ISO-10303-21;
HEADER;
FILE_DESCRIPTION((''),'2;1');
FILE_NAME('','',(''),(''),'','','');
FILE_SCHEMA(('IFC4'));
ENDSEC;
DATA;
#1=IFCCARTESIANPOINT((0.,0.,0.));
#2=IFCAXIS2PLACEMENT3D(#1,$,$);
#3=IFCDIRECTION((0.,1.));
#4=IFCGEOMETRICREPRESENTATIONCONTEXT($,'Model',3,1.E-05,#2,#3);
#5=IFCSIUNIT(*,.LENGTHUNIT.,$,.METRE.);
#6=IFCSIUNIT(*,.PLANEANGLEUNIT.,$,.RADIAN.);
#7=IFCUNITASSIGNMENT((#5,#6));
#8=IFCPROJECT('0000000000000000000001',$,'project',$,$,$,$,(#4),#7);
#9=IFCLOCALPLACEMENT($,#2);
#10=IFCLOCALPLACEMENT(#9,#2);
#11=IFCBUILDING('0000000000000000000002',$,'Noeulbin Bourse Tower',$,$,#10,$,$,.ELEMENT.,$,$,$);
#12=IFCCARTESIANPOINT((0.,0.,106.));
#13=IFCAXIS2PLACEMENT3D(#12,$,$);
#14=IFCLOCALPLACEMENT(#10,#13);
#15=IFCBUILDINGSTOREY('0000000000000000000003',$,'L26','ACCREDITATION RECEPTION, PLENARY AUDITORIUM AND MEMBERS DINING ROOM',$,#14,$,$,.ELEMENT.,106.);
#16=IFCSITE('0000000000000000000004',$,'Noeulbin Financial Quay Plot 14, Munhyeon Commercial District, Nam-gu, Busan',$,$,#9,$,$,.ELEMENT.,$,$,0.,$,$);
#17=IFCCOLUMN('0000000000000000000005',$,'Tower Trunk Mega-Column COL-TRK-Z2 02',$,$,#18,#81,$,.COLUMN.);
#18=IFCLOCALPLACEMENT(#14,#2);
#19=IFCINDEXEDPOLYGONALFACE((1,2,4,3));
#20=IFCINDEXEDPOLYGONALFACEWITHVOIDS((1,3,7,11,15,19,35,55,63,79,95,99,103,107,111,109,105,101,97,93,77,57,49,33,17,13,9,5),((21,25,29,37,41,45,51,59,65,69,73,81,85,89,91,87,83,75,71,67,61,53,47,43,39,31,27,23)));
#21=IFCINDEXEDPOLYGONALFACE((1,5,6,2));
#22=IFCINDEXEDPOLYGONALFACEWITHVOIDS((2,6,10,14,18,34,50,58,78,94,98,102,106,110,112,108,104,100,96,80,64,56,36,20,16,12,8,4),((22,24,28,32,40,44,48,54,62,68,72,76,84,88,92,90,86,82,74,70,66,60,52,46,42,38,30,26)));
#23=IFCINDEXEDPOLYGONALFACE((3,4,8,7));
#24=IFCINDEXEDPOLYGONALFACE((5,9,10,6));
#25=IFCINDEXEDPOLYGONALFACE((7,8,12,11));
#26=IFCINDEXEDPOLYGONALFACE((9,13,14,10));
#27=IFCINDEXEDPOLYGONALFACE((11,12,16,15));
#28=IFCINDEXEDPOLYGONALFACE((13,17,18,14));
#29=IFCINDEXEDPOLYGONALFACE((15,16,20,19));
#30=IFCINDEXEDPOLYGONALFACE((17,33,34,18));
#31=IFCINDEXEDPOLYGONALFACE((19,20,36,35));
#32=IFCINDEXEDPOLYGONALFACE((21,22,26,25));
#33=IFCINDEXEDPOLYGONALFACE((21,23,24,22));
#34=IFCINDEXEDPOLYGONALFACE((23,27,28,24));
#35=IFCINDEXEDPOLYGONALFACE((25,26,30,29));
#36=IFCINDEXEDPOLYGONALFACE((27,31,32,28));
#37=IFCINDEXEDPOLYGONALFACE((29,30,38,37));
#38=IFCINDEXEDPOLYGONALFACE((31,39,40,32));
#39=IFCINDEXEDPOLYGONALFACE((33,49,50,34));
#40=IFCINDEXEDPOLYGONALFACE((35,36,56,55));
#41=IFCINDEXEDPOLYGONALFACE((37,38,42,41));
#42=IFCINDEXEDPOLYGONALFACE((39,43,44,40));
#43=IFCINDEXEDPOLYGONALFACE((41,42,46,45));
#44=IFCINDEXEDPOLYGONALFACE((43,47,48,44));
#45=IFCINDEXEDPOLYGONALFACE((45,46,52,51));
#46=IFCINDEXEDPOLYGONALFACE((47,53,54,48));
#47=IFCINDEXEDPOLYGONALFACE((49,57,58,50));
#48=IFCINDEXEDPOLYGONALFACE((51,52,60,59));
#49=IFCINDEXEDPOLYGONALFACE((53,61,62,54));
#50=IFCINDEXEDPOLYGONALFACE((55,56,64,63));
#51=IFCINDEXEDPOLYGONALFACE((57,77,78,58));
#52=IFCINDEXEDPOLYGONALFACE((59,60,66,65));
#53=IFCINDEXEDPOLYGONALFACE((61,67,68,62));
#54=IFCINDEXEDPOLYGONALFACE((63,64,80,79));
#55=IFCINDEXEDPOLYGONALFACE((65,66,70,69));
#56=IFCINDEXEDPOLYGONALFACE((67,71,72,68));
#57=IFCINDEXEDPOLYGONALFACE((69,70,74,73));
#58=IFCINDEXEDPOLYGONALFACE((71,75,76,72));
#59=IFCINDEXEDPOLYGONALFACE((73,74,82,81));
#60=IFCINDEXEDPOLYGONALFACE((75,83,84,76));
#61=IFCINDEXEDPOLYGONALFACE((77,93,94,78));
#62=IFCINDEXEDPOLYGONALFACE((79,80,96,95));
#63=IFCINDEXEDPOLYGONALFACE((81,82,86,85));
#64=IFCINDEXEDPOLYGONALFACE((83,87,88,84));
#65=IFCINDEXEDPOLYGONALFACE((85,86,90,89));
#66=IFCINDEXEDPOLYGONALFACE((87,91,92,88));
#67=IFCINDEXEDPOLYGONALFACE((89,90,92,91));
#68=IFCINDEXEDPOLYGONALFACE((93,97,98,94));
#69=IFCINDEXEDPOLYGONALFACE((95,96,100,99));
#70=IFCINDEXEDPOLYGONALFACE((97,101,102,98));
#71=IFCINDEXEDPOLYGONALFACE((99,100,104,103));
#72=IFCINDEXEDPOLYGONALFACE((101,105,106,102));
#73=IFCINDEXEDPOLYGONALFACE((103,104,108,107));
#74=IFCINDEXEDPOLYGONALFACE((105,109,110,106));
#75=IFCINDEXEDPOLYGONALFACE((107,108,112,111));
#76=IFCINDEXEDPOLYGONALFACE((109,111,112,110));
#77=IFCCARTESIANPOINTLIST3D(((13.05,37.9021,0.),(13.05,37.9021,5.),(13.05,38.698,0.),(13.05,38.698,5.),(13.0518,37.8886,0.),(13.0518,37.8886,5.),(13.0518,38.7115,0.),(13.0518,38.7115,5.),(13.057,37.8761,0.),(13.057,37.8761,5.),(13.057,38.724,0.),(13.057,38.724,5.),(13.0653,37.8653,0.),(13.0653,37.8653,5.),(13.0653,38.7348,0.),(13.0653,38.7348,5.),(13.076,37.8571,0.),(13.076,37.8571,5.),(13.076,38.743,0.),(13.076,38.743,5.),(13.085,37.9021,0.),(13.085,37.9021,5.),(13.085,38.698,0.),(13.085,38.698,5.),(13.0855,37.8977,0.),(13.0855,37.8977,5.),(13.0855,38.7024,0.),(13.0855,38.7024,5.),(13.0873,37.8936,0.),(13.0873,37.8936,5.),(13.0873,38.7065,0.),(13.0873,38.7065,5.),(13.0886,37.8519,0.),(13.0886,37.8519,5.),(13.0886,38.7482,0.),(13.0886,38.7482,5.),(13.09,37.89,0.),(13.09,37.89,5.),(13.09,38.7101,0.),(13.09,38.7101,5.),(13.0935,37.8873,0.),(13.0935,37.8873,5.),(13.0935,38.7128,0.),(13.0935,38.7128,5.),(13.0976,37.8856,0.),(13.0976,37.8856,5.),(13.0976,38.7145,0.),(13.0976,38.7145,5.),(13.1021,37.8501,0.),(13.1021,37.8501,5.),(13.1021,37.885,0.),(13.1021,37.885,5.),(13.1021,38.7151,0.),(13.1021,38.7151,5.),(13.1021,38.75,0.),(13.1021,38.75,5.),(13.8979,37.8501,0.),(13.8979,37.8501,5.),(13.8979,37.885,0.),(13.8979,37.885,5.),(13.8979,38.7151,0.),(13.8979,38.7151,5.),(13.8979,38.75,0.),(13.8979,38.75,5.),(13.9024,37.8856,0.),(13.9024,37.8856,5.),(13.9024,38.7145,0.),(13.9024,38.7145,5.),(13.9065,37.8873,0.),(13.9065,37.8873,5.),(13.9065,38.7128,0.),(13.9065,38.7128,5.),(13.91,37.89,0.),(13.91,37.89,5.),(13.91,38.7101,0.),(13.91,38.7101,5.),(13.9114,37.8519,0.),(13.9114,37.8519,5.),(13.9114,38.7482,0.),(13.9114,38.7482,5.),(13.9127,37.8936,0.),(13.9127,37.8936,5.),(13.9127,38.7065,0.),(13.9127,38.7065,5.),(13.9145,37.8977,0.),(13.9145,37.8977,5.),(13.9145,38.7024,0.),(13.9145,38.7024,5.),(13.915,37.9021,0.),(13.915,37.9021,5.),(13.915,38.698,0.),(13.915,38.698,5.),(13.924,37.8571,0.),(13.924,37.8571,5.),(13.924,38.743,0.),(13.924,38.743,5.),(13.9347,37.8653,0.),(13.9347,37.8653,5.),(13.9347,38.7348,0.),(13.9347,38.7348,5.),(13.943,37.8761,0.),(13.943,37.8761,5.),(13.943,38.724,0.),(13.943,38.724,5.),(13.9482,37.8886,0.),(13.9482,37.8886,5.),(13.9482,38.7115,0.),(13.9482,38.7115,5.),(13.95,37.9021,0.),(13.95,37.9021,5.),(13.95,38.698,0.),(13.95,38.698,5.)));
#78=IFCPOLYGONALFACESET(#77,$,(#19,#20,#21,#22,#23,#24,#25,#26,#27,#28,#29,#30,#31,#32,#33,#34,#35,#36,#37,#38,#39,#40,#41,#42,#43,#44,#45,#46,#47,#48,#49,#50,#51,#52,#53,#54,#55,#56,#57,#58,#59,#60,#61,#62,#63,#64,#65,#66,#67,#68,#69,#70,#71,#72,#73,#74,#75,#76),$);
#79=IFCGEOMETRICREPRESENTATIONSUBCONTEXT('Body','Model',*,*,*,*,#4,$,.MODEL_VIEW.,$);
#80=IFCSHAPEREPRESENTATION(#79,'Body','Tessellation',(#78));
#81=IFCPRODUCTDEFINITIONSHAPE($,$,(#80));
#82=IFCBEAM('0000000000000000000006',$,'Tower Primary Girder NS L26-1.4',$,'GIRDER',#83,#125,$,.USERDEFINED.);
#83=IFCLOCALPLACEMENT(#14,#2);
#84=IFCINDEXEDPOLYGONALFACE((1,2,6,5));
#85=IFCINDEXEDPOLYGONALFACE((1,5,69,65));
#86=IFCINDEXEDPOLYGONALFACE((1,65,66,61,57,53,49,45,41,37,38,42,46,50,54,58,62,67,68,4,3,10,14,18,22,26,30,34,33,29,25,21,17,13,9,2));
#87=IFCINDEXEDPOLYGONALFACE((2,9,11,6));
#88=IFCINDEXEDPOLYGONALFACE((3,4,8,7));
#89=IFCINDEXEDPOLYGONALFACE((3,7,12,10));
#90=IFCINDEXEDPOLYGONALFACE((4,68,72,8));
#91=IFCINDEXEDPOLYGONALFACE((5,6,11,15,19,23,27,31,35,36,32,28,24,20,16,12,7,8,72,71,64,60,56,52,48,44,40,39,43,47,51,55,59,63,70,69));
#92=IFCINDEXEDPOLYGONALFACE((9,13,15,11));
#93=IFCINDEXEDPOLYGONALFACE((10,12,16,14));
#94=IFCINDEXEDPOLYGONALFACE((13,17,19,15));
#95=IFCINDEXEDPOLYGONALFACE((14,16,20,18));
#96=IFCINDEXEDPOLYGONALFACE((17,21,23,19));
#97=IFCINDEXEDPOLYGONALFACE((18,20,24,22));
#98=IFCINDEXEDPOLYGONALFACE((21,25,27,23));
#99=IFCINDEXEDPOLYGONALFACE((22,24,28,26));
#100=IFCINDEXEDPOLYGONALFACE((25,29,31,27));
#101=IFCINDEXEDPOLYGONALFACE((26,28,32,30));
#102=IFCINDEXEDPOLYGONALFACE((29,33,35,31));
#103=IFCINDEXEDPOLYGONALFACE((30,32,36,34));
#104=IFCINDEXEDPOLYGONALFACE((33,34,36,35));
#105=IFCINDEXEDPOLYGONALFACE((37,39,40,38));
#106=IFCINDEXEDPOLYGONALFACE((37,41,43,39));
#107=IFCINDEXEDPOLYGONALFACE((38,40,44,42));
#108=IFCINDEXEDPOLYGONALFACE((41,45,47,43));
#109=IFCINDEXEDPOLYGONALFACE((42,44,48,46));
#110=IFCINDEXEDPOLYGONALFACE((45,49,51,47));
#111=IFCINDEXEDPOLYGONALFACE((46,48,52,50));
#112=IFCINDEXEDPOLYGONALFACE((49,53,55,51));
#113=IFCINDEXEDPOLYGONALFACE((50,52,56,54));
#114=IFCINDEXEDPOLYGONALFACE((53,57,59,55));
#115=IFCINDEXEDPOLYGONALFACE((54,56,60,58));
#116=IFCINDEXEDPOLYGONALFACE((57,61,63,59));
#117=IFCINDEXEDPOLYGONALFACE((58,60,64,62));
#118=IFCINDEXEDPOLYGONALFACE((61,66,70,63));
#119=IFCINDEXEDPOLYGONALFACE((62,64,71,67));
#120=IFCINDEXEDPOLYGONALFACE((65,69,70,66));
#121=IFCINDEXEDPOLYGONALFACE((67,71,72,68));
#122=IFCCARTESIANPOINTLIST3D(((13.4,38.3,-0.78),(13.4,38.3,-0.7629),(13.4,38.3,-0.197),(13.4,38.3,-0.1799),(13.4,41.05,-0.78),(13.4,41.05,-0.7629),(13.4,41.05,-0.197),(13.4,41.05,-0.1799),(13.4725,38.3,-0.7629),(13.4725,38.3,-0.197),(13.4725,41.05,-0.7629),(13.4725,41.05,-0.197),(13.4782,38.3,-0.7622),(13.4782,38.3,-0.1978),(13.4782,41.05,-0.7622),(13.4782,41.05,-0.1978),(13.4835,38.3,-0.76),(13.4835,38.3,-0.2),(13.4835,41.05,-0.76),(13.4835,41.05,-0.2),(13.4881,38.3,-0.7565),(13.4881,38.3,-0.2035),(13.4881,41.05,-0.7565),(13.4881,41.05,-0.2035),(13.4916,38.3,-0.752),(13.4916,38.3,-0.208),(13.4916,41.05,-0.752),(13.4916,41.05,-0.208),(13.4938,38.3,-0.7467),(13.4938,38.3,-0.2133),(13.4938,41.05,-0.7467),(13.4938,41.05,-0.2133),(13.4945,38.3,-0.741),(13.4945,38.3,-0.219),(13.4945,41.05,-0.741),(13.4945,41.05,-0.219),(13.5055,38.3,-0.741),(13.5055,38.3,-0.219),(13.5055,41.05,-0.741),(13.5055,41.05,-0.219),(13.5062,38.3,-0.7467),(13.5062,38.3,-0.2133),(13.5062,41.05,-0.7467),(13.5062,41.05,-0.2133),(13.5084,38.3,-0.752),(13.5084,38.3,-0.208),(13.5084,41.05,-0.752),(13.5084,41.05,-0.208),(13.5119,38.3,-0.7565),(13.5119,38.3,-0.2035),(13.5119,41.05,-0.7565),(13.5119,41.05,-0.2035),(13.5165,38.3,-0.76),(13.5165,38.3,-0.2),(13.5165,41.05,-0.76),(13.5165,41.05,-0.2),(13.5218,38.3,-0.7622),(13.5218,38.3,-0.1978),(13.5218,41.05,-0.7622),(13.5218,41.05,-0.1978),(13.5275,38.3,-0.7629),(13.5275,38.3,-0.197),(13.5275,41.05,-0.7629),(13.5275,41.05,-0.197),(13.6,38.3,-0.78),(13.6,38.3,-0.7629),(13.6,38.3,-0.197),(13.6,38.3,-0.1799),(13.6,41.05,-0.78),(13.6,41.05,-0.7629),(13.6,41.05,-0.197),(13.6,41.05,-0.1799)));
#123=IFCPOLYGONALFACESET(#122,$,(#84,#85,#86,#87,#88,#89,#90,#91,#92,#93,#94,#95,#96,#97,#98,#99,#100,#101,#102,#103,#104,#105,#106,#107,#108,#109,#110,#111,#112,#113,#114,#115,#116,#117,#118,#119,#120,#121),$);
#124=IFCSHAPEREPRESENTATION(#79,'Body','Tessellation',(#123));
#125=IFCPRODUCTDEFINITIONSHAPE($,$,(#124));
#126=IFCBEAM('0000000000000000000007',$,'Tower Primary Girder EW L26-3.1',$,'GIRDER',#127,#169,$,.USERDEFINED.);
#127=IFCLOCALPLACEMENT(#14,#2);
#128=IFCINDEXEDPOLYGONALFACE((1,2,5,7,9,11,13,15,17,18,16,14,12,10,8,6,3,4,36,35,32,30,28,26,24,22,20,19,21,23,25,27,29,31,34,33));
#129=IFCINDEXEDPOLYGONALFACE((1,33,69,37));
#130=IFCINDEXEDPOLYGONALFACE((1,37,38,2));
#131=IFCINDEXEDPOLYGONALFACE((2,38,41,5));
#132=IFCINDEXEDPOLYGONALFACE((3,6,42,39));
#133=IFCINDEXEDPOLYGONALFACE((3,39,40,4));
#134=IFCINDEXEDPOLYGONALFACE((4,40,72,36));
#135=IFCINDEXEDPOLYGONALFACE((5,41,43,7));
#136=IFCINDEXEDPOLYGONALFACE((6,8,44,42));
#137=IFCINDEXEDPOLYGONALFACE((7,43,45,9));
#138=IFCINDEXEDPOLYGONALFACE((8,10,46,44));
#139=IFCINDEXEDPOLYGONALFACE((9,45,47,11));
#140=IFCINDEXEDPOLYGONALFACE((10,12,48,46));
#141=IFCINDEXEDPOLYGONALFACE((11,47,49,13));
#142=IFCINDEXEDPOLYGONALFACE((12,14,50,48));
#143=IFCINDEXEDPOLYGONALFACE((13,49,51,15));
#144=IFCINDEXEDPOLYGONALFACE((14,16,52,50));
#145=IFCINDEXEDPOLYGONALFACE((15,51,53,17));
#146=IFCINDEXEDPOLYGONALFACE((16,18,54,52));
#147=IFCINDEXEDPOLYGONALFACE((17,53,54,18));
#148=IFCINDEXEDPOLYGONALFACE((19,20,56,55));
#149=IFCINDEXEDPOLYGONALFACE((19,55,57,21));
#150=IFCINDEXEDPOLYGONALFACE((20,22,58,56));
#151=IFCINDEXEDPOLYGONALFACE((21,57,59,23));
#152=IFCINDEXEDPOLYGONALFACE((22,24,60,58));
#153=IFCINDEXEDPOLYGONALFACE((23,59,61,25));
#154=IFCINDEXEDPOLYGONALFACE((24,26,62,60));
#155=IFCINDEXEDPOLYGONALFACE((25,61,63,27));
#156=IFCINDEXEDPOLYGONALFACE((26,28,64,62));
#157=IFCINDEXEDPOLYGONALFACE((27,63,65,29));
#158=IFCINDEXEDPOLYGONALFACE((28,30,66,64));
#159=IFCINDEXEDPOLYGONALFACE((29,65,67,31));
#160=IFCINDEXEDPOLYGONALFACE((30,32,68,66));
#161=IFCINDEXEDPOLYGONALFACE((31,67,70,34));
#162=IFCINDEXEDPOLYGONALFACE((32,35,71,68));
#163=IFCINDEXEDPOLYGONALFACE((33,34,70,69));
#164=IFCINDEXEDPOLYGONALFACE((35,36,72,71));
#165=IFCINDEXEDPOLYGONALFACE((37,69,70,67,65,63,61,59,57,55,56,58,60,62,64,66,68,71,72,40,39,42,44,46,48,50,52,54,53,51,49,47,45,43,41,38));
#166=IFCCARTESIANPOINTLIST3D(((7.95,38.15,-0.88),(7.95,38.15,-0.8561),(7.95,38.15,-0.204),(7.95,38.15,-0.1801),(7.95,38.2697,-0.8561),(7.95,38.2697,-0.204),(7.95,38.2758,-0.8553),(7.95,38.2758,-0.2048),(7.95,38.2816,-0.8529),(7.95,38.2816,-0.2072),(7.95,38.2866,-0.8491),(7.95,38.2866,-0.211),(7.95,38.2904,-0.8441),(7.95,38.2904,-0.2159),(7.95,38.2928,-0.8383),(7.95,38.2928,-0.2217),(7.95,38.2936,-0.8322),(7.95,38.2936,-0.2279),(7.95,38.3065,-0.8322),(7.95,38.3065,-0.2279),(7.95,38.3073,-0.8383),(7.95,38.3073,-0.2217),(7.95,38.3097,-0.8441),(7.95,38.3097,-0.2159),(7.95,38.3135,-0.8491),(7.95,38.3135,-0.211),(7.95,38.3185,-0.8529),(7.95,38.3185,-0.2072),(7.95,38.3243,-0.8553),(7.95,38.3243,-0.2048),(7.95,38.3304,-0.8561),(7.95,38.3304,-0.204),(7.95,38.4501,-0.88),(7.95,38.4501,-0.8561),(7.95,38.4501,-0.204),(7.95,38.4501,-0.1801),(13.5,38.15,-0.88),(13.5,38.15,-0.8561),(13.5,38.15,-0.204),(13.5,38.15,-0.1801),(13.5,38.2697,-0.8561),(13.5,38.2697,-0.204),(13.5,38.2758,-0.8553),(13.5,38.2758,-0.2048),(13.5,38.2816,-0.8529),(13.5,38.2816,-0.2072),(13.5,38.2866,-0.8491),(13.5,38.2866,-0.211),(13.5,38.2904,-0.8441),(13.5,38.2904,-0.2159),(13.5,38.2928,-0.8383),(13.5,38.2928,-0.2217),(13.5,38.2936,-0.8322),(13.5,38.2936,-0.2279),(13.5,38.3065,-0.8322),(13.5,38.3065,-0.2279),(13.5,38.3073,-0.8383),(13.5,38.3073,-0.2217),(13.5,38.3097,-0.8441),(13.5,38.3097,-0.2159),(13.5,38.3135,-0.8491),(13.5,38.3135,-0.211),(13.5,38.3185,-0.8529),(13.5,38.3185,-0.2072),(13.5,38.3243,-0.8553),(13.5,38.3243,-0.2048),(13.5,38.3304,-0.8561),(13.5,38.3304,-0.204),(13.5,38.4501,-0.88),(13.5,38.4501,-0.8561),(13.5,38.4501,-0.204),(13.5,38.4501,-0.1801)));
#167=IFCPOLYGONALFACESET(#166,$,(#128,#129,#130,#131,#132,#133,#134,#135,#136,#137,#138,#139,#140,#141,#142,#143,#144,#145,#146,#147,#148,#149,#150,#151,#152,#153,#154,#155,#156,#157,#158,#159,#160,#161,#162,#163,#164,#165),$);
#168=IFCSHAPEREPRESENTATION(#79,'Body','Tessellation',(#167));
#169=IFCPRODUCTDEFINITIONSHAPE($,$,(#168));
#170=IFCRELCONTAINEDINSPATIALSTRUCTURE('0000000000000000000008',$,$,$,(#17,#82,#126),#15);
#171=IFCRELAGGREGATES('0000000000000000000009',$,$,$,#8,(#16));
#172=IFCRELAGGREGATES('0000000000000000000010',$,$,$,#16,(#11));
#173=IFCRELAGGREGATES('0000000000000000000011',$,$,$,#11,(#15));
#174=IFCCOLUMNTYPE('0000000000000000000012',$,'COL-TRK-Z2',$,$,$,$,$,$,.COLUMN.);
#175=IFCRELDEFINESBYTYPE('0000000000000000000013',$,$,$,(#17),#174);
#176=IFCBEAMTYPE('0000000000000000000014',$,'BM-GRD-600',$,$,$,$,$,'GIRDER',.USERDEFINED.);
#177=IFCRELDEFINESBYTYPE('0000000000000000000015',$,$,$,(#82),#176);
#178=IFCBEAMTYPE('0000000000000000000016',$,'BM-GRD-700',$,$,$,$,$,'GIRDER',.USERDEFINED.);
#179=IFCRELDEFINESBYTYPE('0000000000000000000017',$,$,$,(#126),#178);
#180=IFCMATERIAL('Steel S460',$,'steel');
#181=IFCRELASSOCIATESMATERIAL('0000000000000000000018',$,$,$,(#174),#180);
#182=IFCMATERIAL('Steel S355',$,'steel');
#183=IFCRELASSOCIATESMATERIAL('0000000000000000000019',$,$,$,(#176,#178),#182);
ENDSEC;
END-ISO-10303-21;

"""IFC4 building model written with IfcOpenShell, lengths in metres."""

from ifc_helpers import new_model, si_unit, direction, frame, origin, origin_2d, place, context, subcontext, project, spatial, hollow_rectangle, i_section, extrude, material, material_profile, profile_set, type_object, element, save


model = new_model("IFC4")

# Units and contexts
model_context = context("Model", 3, precision=1e-05, world=origin(), true_north=direction((0.0, 1.0)))
body_context = subcontext(model_context, "Body", "Model", "MODEL_VIEW")
ifc_project = project(units=[si_unit("LENGTHUNIT", "METRE"), si_unit("PLANEANGLEUNIT", "RADIAN")], contexts=[model_context])

# Site, building, storey
site_placement = place(None, origin())
site = spatial("IfcSite", under=ifc_project, at=site_placement, Name="Noeulbin Financial Quay Plot 14, Munhyeon Commercial District, Nam-gu, Busan", CompositionType="ELEMENT", RefElevation=0.0)
building_placement = place(site_placement, origin())
building = spatial("IfcBuilding", under=site, at=building_placement, Name="Noeulbin Bourse Tower", CompositionType="ELEMENT")
storey_placement = place(building_placement, frame((0.0, 0.0, 106.0)))
storey = spatial("IfcBuildingStorey", under=building, at=storey_placement, Name="L26", Description="ACCREDITATION RECEPTION, PLENARY AUDITORIUM AND MEMBERS DINING ROOM", CompositionType="ELEMENT", Elevation=106.0)

# Column
ifc_material_1 = material(Name="Steel S355", Category="steel")
ifc_material_2 = material(Name="Steel S460", Category="steel")
ifc_material_profile_1 = material_profile(ifc_material_2, hollow_rectangle(XDim=0.8999, YDim=0.8999, WallThickness=0.0349, InnerFilletRadius=0.0171, OuterFilletRadius=0.052, at=origin_2d()), Name="BOX-900x900x35", Category="LoadBearing")
ifc_profile_set_1 = profile_set([ifc_material_profile_1], Name="Steel S460")
column_type_1 = type_object("IfcColumnType", Name="COL-TRK-Z2", PredefinedType="COLUMN", material=ifc_profile_set_1)
column_placement = place(storey_placement, frame((13.5, 38.3, 0.0), z_axis=(0.0, 0.0, 1.0), x_axis=(1.0, 0.0, 0.0)))
element("IfcColumn", 1, at=column_placement, inside=storey, type_object=column_type_1, Name="Tower Trunk Mega-Column COL-TRK-Z2 02", PredefinedType="COLUMN", context=body_context, shape_type="SweptSolid", body=[
    extrude(hollow_rectangle(XDim=0.8999, YDim=0.8999, WallThickness=0.0349, InnerFilletRadius=0.0171, OuterFilletRadius=0.052, at=origin_2d()), origin(), (0.0, 0.0, 1.0), 5.0),
])

# Beams
ifc_material_profile_2 = material_profile(ifc_material_1, i_section(OverallWidth=0.2, OverallDepth=0.6001, WebThickness=0.011, FlangeThickness=0.0171, FilletRadius=0.022, at=origin_2d()), Name="H-600x200x11x17", Category="LoadBearing")
ifc_profile_set_2 = profile_set([ifc_material_profile_2], Name="Steel S355")
beam_type_1 = type_object("IfcBeamType", Name="BM-GRD-600", ElementType="GIRDER", PredefinedType="USERDEFINED", material=ifc_profile_set_2)
beam_1_placement = place(storey_placement, frame((13.5, 38.3, -0.48), z_axis=(0.0, 1.0, 0.0), x_axis=(-1.0, 0.0, 0.0)))
element("IfcBeam", 2, at=beam_1_placement, inside=storey, type_object=beam_type_1, Name="Tower Primary Girder NS L26-1.4", ObjectType="GIRDER", PredefinedType="USERDEFINED", context=body_context, shape_type="SweptSolid", body=[
    extrude(i_section(OverallWidth=0.2, OverallDepth=0.6001, WebThickness=0.011, FlangeThickness=0.0171, FilletRadius=0.022, at=origin_2d()), origin(), (0.0, 0.0, 1.0), 2.75),
])
ifc_material_profile_3 = material_profile(ifc_material_1, i_section(OverallWidth=0.3, OverallDepth=0.7, WebThickness=0.0129, FlangeThickness=0.0239, FilletRadius=0.0239, at=origin_2d()), Name="H-700x300x13x24", Category="LoadBearing")
ifc_profile_set_3 = profile_set([ifc_material_profile_3], Name="Steel S355")
beam_type_2 = type_object("IfcBeamType", Name="BM-GRD-700", ElementType="GIRDER", PredefinedType="USERDEFINED", material=ifc_profile_set_3)
beam_2_placement = place(storey_placement, frame((7.95, 38.3, -0.53), z_axis=(1.0, 0.0, 0.0), x_axis=(0.0, 1.0, 0.0)))
element("IfcBeam", 3, at=beam_2_placement, inside=storey, type_object=beam_type_2, Name="Tower Primary Girder EW L26-3.1", ObjectType="GIRDER", PredefinedType="USERDEFINED", context=body_context, shape_type="SweptSolid", body=[
    extrude(i_section(OverallWidth=0.3, OverallDepth=0.7, WebThickness=0.0129, FlangeThickness=0.0239, FilletRadius=0.0239, at=origin_2d()), origin(), (0.0, 0.0, 1.0), 5.55),
])

save(model, "model.ifc")
